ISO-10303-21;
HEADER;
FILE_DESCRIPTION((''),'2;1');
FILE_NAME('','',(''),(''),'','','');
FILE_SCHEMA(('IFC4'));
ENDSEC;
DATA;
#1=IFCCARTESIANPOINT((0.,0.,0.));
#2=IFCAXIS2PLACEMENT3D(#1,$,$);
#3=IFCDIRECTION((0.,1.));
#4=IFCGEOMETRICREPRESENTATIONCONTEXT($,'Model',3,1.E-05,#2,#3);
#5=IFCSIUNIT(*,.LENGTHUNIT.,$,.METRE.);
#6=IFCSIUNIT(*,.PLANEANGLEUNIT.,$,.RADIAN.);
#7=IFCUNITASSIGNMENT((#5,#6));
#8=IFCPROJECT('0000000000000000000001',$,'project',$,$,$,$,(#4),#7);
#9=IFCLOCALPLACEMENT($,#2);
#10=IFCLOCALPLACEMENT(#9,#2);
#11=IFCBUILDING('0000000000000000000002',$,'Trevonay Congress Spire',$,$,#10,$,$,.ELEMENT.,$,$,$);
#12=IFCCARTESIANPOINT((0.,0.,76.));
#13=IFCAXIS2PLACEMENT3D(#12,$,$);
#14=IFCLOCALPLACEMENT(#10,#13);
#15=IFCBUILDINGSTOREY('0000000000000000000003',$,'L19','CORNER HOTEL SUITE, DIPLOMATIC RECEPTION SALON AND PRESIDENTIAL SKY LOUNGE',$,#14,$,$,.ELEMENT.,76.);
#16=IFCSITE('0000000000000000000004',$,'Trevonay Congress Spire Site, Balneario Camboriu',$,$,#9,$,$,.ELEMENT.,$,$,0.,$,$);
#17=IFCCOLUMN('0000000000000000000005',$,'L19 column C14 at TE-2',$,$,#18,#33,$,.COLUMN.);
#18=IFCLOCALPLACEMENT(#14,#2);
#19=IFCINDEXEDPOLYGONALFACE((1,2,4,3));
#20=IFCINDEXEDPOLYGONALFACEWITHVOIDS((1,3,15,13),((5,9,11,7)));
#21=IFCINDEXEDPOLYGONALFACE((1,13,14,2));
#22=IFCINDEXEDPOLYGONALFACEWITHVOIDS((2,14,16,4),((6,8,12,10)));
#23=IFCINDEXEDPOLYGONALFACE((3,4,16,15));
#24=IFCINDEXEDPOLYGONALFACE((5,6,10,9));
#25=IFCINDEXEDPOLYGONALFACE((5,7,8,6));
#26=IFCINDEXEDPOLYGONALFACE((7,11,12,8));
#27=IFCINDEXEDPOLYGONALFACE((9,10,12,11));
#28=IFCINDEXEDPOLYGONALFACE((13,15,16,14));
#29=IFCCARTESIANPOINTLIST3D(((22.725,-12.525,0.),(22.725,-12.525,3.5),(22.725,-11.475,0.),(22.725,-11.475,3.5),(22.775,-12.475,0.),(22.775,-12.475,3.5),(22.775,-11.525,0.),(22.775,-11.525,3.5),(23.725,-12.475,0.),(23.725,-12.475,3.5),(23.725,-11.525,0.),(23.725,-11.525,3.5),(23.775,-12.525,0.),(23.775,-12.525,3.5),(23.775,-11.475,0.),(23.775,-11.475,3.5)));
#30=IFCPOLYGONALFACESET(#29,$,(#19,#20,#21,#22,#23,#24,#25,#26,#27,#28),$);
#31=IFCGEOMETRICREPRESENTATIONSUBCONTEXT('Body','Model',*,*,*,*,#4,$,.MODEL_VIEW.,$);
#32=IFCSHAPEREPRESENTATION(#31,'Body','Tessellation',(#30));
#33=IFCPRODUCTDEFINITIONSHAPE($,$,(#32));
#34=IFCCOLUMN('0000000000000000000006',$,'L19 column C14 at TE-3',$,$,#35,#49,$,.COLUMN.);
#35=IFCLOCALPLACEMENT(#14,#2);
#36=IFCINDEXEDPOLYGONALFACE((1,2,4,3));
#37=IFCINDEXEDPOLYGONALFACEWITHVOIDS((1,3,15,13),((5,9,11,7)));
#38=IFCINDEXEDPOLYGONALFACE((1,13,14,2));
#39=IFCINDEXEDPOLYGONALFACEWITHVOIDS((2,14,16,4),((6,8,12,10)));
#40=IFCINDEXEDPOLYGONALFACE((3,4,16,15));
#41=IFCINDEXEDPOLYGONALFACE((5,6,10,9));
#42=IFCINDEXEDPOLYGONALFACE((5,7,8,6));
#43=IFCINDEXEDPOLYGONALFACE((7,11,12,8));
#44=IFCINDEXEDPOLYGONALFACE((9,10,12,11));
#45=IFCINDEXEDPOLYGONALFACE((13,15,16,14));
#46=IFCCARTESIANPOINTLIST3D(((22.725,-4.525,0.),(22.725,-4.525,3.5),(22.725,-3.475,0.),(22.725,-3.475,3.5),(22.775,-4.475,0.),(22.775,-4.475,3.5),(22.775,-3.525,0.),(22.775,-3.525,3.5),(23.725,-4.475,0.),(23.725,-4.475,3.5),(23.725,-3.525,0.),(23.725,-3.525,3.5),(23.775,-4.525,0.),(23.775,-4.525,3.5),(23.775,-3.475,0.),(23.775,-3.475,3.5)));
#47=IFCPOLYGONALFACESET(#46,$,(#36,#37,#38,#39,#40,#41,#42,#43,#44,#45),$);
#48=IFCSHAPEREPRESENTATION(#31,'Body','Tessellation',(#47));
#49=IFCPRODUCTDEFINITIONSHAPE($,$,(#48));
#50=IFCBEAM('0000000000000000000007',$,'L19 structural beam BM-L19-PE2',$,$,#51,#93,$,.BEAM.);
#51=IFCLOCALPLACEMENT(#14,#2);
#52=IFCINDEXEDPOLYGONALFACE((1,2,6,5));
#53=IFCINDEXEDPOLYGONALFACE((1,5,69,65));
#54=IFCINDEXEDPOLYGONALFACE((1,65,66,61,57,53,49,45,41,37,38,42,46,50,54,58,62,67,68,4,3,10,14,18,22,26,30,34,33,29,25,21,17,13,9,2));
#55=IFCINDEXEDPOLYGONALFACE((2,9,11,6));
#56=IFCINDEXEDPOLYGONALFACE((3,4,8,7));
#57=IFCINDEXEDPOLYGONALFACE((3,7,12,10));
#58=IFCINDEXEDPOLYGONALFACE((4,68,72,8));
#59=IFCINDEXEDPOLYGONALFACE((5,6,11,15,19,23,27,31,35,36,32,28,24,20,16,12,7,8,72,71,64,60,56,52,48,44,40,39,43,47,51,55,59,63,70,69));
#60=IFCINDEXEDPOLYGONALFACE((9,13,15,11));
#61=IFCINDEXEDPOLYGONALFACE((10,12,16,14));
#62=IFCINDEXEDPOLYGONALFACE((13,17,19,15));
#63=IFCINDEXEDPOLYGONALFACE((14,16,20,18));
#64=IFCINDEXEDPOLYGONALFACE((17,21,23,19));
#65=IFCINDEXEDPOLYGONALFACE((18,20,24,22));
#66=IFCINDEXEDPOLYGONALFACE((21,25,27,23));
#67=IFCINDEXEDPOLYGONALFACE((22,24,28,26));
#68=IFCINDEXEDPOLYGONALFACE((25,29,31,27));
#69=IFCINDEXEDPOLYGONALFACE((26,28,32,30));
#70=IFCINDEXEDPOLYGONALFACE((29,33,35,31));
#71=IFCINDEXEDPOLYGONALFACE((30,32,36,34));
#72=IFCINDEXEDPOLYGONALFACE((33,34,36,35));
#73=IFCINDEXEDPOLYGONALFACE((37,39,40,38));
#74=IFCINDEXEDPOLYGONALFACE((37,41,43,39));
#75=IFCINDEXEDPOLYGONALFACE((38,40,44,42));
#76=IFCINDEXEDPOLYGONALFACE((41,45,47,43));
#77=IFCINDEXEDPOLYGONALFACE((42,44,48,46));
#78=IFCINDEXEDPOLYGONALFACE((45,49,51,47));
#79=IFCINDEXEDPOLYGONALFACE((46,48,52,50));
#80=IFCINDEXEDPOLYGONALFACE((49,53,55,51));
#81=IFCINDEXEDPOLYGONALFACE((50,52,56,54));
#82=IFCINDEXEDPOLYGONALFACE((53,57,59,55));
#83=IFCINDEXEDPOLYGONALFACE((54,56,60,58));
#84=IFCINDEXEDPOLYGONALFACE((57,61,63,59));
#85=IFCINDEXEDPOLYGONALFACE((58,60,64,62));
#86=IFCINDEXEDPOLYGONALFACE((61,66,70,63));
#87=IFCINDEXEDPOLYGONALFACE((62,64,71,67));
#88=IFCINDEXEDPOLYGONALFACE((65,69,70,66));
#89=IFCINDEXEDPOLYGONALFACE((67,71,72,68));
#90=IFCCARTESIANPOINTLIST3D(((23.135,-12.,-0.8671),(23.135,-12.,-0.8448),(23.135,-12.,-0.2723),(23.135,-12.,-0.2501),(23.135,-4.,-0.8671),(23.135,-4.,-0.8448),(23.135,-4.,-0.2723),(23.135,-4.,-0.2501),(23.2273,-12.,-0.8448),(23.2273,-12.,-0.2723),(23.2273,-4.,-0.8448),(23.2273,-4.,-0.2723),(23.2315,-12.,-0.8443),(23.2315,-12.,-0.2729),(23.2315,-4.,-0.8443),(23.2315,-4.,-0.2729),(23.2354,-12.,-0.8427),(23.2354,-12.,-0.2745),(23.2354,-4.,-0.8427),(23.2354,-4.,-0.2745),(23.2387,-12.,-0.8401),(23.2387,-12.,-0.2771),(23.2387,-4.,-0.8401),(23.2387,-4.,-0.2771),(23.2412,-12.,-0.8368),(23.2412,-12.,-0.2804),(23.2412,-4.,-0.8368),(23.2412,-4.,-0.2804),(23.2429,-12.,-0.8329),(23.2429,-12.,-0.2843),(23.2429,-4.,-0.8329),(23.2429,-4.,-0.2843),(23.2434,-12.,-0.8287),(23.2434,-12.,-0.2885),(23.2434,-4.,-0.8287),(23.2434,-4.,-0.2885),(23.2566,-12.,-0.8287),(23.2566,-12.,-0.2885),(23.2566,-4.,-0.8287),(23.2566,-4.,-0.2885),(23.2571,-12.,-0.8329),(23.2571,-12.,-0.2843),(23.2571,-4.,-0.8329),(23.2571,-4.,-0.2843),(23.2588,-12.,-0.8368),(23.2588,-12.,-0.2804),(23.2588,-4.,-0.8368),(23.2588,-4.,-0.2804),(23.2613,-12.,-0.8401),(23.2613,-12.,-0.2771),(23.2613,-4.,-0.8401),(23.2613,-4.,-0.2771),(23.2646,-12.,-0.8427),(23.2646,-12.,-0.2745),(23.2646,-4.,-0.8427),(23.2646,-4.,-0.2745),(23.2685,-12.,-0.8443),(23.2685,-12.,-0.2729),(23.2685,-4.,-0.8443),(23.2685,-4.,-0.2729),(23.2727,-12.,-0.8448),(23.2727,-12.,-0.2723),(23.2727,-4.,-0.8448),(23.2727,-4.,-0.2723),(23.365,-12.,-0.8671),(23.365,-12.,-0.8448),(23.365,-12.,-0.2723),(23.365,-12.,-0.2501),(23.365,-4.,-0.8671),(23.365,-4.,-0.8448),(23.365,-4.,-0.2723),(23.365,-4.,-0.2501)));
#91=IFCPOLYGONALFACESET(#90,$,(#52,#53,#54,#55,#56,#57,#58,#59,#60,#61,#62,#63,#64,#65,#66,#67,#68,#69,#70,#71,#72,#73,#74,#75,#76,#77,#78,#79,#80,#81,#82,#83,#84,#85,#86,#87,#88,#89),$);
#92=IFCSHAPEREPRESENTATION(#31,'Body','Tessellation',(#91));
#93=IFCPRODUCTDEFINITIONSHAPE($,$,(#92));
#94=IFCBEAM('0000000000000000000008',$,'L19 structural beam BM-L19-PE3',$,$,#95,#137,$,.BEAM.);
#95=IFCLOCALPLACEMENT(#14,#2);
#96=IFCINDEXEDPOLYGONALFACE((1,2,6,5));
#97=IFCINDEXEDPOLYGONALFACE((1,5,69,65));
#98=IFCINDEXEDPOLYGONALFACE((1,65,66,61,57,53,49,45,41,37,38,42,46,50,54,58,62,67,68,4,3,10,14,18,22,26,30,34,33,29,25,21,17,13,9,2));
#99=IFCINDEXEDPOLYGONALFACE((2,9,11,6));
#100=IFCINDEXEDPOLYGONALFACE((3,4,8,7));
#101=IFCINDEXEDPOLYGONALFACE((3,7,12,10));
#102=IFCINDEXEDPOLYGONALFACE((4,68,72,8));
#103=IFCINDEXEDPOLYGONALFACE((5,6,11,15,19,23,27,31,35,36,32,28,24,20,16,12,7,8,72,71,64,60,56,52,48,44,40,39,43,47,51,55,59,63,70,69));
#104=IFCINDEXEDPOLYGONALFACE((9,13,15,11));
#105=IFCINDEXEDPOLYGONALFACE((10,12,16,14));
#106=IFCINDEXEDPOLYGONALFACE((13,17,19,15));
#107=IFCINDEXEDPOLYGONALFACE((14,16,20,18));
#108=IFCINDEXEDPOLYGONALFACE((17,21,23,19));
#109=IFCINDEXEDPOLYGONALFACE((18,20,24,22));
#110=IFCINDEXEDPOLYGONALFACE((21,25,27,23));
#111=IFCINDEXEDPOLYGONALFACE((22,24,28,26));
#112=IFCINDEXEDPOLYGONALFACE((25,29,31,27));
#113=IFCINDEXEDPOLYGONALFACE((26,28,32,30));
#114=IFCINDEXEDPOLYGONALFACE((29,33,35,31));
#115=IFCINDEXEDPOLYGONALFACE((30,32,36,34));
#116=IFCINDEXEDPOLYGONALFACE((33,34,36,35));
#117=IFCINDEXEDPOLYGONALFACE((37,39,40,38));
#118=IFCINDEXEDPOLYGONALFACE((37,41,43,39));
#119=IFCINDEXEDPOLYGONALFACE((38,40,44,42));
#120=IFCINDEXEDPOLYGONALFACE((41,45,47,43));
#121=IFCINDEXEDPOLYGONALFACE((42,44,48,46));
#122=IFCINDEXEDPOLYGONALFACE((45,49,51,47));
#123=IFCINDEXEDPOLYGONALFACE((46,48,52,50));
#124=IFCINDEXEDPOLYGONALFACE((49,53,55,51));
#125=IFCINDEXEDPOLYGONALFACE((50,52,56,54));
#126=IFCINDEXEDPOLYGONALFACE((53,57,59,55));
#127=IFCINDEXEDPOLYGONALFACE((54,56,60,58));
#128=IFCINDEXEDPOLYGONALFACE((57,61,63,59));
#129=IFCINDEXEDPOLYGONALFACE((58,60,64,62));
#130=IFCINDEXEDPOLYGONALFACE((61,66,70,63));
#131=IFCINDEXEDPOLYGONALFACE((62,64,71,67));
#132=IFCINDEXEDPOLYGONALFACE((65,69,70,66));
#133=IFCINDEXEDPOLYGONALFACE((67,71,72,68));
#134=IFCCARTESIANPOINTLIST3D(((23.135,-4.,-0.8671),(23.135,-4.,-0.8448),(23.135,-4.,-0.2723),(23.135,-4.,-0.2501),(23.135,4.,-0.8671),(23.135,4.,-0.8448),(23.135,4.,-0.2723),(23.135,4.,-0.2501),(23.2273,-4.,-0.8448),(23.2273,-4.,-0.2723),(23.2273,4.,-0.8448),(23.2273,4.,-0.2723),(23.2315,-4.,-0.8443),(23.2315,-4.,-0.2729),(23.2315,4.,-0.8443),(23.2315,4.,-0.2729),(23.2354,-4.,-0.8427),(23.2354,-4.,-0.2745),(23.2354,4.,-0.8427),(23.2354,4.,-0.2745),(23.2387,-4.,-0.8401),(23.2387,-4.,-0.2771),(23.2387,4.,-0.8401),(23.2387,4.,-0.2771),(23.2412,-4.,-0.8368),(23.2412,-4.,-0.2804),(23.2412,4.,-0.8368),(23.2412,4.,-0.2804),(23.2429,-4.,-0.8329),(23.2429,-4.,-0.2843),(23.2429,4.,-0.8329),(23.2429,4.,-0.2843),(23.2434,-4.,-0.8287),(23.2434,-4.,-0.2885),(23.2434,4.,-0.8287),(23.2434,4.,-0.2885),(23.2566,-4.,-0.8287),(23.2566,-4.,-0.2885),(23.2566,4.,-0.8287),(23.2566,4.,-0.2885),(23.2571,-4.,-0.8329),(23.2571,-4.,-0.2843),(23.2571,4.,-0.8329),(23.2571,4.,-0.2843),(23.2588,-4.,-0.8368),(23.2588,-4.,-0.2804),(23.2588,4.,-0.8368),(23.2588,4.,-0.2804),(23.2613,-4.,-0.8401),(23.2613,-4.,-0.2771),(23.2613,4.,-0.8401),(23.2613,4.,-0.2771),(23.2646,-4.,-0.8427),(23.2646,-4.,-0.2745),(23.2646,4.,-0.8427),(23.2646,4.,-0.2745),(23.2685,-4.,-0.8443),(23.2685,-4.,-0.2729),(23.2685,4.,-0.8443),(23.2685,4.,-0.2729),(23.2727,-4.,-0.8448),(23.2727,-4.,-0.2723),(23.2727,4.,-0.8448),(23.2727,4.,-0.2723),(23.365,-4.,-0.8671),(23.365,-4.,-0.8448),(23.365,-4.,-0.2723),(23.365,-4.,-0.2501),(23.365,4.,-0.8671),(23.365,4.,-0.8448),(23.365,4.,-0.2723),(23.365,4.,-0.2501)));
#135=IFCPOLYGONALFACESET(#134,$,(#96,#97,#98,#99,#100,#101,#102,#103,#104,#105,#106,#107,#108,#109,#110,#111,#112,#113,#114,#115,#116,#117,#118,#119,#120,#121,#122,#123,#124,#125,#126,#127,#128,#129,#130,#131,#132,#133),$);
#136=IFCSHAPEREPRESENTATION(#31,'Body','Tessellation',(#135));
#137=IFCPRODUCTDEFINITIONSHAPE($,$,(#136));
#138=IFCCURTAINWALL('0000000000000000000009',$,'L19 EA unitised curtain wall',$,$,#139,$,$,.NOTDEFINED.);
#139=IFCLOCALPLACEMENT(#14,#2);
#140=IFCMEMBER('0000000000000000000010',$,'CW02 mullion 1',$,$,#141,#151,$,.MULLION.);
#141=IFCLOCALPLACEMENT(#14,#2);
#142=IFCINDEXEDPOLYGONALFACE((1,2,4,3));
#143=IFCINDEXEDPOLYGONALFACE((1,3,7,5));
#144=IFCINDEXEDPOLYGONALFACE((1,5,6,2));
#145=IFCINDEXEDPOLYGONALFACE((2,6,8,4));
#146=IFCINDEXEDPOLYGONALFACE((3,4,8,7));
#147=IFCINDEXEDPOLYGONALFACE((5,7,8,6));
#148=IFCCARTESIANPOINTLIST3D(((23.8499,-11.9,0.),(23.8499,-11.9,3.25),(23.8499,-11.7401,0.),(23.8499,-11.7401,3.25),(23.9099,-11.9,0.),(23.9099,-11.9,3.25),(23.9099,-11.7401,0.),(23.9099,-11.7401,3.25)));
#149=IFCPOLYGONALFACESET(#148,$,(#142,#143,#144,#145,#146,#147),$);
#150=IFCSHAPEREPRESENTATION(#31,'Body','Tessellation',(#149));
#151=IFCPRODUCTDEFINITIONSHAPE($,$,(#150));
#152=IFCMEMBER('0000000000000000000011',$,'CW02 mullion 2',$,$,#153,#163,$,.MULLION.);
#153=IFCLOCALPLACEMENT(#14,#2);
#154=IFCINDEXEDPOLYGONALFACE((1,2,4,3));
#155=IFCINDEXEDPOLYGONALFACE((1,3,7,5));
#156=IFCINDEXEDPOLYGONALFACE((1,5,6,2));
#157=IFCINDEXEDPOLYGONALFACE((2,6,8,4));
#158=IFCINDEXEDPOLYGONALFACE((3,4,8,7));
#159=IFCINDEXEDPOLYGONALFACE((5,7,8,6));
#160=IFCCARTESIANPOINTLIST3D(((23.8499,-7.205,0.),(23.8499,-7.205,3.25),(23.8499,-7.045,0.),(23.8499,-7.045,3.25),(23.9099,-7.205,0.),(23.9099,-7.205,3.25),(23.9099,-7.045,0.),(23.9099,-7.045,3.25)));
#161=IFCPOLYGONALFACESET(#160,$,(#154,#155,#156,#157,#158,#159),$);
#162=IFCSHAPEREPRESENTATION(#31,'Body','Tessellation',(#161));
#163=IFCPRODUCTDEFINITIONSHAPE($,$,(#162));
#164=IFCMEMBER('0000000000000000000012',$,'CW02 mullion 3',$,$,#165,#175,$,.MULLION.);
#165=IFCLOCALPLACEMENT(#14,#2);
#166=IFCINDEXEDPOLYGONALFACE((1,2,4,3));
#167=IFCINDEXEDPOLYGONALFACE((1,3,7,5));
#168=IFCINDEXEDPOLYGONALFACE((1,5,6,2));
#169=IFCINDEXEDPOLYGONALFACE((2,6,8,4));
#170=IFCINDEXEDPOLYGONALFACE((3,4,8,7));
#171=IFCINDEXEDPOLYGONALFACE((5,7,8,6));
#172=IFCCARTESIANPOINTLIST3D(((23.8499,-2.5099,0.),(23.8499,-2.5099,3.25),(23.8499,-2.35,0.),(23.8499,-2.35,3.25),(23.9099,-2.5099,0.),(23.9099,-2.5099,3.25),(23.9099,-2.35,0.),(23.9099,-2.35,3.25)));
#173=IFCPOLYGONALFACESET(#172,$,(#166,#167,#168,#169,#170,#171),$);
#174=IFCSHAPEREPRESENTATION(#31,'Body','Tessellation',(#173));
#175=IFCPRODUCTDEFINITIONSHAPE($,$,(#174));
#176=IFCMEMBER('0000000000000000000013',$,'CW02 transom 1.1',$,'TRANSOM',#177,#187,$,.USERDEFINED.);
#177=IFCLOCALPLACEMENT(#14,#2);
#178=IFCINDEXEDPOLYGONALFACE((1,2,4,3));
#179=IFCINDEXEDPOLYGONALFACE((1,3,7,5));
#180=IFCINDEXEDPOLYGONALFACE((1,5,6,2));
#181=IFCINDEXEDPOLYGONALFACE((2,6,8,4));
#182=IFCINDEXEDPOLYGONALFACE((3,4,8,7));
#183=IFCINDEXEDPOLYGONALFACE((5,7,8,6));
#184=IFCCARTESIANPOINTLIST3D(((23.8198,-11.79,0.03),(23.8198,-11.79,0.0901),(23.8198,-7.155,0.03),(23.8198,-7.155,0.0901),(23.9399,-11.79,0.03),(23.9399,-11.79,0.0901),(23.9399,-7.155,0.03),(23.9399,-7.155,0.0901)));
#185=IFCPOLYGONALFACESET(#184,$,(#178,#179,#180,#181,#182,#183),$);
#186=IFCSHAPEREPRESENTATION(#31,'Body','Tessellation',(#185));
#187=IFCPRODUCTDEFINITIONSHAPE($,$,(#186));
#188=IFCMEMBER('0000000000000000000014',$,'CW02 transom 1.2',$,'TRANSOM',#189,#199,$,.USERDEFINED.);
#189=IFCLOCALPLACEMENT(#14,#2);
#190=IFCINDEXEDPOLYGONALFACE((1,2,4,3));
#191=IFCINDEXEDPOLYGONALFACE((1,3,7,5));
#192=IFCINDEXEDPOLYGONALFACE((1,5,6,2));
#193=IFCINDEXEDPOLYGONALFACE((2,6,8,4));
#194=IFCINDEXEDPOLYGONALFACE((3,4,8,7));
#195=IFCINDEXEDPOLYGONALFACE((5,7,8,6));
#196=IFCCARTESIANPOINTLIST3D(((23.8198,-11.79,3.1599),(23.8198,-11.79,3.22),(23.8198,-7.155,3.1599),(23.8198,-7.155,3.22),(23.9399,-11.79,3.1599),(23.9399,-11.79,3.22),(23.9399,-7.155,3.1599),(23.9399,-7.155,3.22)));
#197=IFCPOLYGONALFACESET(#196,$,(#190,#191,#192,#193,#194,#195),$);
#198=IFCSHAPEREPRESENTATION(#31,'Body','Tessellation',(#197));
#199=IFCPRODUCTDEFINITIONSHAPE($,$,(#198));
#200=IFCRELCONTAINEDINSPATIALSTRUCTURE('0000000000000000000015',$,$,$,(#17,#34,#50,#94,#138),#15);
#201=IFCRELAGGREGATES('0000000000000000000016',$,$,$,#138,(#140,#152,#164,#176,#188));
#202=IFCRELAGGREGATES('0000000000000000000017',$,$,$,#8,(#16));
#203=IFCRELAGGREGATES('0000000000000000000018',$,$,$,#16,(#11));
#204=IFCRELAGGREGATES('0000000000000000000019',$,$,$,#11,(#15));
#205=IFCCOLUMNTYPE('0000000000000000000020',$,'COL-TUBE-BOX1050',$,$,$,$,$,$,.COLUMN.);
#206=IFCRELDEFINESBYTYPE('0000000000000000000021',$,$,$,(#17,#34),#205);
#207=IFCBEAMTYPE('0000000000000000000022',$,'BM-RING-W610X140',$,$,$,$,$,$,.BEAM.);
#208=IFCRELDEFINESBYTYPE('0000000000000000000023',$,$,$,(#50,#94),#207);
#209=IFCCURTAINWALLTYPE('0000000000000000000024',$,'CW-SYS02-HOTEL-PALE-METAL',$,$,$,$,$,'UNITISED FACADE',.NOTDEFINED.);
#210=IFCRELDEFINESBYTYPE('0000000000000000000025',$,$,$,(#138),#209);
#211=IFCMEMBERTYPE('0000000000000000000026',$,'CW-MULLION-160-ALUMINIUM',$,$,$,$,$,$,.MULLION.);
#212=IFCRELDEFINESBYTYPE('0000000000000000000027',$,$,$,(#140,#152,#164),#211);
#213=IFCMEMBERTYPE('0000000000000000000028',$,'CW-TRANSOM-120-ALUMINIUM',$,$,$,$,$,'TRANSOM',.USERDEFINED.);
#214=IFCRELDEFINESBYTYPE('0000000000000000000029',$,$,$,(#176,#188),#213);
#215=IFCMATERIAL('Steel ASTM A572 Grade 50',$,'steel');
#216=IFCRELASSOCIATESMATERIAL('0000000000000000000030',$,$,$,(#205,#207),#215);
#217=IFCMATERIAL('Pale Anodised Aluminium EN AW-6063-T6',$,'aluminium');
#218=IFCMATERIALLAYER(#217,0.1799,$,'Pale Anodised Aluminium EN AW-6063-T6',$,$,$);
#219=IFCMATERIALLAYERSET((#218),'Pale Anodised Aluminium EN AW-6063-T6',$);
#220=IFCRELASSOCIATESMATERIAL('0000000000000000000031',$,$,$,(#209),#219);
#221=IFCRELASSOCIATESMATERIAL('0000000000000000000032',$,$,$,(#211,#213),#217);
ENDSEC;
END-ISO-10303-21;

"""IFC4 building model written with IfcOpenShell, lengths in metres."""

from ifc_helpers import new_model, si_unit, direction, frame, origin, origin_2d, place, context, subcontext, project, spatial, rectangle, hollow_rectangle, i_section, extrude, material, layer, layer_set, material_profile, profile_set, type_object, element, aggregate, save


model = new_model("IFC4")

# Units and contexts
model_context = context("Model", 3, precision=1e-05, world=origin(), true_north=direction((0.0, 1.0)))
body_context = subcontext(model_context, "Body", "Model", "MODEL_VIEW")
ifc_project = project(units=[si_unit("LENGTHUNIT", "METRE"), si_unit("PLANEANGLEUNIT", "RADIAN")], contexts=[model_context])

# Site, building, storey
site_placement = place(None, origin())
site = spatial("IfcSite", under=ifc_project, at=site_placement, Name="Trevonay Congress Spire Site, Balneario Camboriu", CompositionType="ELEMENT", RefElevation=0.0)
building_placement = place(site_placement, origin())
building = spatial("IfcBuilding", under=site, at=building_placement, Name="Trevonay Congress Spire", CompositionType="ELEMENT")
storey_placement = place(building_placement, frame((0.0, 0.0, 76.0)))
storey = spatial("IfcBuildingStorey", under=building, at=storey_placement, Name="L19", Description="CORNER HOTEL SUITE, DIPLOMATIC RECEPTION SALON AND PRESIDENTIAL SKY LOUNGE", CompositionType="ELEMENT", Elevation=76.0)

# Columns
ifc_material_1 = material(Name="Steel ASTM A572 Grade 50", Category="steel")
ifc_material_profile_1 = material_profile(ifc_material_1, hollow_rectangle(XDim=1.05, YDim=1.05, WallThickness=0.05, at=origin_2d()), Name="BOX 1050x1050x50")
ifc_profile_set_1 = profile_set([ifc_material_profile_1], Name="Steel ASTM A572 Grade 50")
column_type = type_object("IfcColumnType", Name="COL-TUBE-BOX1050", PredefinedType="COLUMN", material=ifc_profile_set_1)
for number, where, z_axis, x_axis, name in (
    (1, (23.25, -12.0, 0.0), (0.0, 0.0, 1.0), (1.0, 0.0, 0.0), "L19 column C14 at TE-2"),
    (2, (23.25, -4.0, 0.0), (0.0, 0.0, 1.0), (1.0, 0.0, 0.0), "L19 column C14 at TE-3"),
):
    element("IfcColumn", number, at=place(storey_placement, frame(where, z_axis=z_axis, x_axis=x_axis)), inside=storey, type_object=column_type, Name=name, PredefinedType="COLUMN", context=body_context, shape_type="SweptSolid", body=[
        extrude(hollow_rectangle(XDim=1.05, YDim=1.05, WallThickness=0.05, at=origin_2d()), origin(), (0.0, 0.0, 1.0), 3.5),
    ])

# Beams
ifc_material_profile_2 = material_profile(ifc_material_1, i_section(OverallWidth=0.23, OverallDepth=0.6169, WebThickness=0.0132, FlangeThickness=0.0222, FilletRadius=0.0161, at=origin_2d()), Name="W610x140")
ifc_profile_set_2 = profile_set([ifc_material_profile_2], Name="Steel ASTM A572 Grade 50")
beam_type = type_object("IfcBeamType", Name="BM-RING-W610X140", PredefinedType="BEAM", material=ifc_profile_set_2)
for number, where, z_axis, x_axis, name in (
    (3, (23.25, -12.0, -0.5586), (0.0, 1.0, 0.0), (-1.0, 0.0, 0.0), "L19 structural beam BM-L19-PE2"),
    (4, (23.25, -4.0, -0.5586), (0.0, 1.0, 0.0), (-1.0, 0.0, 0.0), "L19 structural beam BM-L19-PE3"),
):
    element("IfcBeam", number, at=place(storey_placement, frame(where, z_axis=z_axis, x_axis=x_axis)), inside=storey, type_object=beam_type, Name=name, PredefinedType="BEAM", context=body_context, shape_type="SweptSolid", body=[
        extrude(i_section(OverallWidth=0.23, OverallDepth=0.6169, WebThickness=0.0132, FlangeThickness=0.0222, FilletRadius=0.0161, at=origin_2d()), origin(), (0.0, 0.0, 1.0), 8.0),
    ])

# Curtain wall, members
ifc_material_2 = material(Name="Pale Anodised Aluminium EN AW-6063-T6", Category="aluminium")
ifc_layer_1 = layer(ifc_material_2, 0.1799, Name="Pale Anodised Aluminium EN AW-6063-T6")
ifc_layer_set_1 = layer_set([ifc_layer_1], Name="Pale Anodised Aluminium EN AW-6063-T6")
curtain_wall_type = type_object("IfcCurtainWallType", Name="CW-SYS02-HOTEL-PALE-METAL", ElementType="UNITISED FACADE", PredefinedType="NOTDEFINED", material=ifc_layer_set_1)
curtain_wall_placement = place(storey_placement, origin())
curtain_wall = element("IfcCurtainWall", 5, at=curtain_wall_placement, inside=storey, type_object=curtain_wall_type, Name="L19 EA unitised curtain wall", PredefinedType="NOTDEFINED")
ifc_material_profile_3 = material_profile(ifc_material_2, rectangle(XDim=0.0601, YDim=0.1599, at=origin_2d()), Name="CW-MULLION-160-ALUMINIUM")
ifc_profile_set_3 = profile_set([ifc_material_profile_3], Name="Pale Anodised Aluminium EN AW-6063-T6")
member_type_1 = type_object("IfcMemberType", Name="CW-MULLION-160-ALUMINIUM", PredefinedType="MULLION", material=ifc_profile_set_3)
member_1_placement = place(storey_placement, frame((23.8799, -11.8201, 0.0), z_axis=(0.0, 0.0, 1.0), x_axis=(-1.0, 0.0, 0.0)))
member_1 = element("IfcMember", 6, at=member_1_placement, type_object=member_type_1, Name="CW02 mullion 1", PredefinedType="MULLION", context=body_context, shape_type="SweptSolid", body=[
    extrude(rectangle(XDim=0.0601, YDim=0.1599, at=origin_2d()), origin(), (0.0, 0.0, 1.0), 3.25),
])
member_2_placement = place(storey_placement, frame((23.8799, -7.125, 0.0), z_axis=(0.0, 0.0, 1.0), x_axis=(-1.0, 0.0, 0.0)))
member_2 = element("IfcMember", 7, at=member_2_placement, type_object=member_type_1, Name="CW02 mullion 2", PredefinedType="MULLION", context=body_context, shape_type="SweptSolid", body=[
    extrude(rectangle(XDim=0.0601, YDim=0.1599, at=origin_2d()), origin(), (0.0, 0.0, 1.0), 3.25),
])
member_3_placement = place(storey_placement, frame((23.8799, -2.4299, 0.0), z_axis=(0.0, 0.0, 1.0), x_axis=(-1.0, 0.0, 0.0)))
member_3 = element("IfcMember", 8, at=member_3_placement, type_object=member_type_1, Name="CW02 mullion 3", PredefinedType="MULLION", context=body_context, shape_type="SweptSolid", body=[
    extrude(rectangle(XDim=0.0601, YDim=0.1599, at=origin_2d()), origin(), (0.0, 0.0, 1.0), 3.25),
])
ifc_material_profile_4 = material_profile(ifc_material_2, rectangle(XDim=0.1201, YDim=0.0601, at=origin_2d()), Name="CW-TRANSOM-120-ALUMINIUM")
ifc_profile_set_4 = profile_set([ifc_material_profile_4], Name="Pale Anodised Aluminium EN AW-6063-T6")
member_type_2 = type_object("IfcMemberType", Name="CW-TRANSOM-120-ALUMINIUM", ElementType="TRANSOM", PredefinedType="USERDEFINED", material=ifc_profile_set_4)
member_4_placement = place(storey_placement, frame((23.8799, -11.79, 0.0601), z_axis=(0.0, 1.0, 0.0), x_axis=(-1.0, 0.0, 0.0)))
member_4 = element("IfcMember", 9, at=member_4_placement, type_object=member_type_2, Name="CW02 transom 1.1", ObjectType="TRANSOM", PredefinedType="USERDEFINED", context=body_context, shape_type="SweptSolid", body=[
    extrude(rectangle(XDim=0.1201, YDim=0.0601, at=origin_2d()), origin(), (0.0, 0.0, 1.0), 4.635),
])
member_5_placement = place(storey_placement, frame((23.8799, -11.79, 3.1899), z_axis=(0.0, 1.0, 0.0), x_axis=(-1.0, 0.0, 0.0)))
member_5 = element("IfcMember", 10, at=member_5_placement, type_object=member_type_2, Name="CW02 transom 1.2", ObjectType="TRANSOM", PredefinedType="USERDEFINED", context=body_context, shape_type="SweptSolid", body=[
    extrude(rectangle(XDim=0.1201, YDim=0.0601, at=origin_2d()), origin(), (0.0, 0.0, 1.0), 4.635),
])
aggregate(curtain_wall, [member_1, member_2, member_3, member_4, member_5])

save(model, "model.ifc")
